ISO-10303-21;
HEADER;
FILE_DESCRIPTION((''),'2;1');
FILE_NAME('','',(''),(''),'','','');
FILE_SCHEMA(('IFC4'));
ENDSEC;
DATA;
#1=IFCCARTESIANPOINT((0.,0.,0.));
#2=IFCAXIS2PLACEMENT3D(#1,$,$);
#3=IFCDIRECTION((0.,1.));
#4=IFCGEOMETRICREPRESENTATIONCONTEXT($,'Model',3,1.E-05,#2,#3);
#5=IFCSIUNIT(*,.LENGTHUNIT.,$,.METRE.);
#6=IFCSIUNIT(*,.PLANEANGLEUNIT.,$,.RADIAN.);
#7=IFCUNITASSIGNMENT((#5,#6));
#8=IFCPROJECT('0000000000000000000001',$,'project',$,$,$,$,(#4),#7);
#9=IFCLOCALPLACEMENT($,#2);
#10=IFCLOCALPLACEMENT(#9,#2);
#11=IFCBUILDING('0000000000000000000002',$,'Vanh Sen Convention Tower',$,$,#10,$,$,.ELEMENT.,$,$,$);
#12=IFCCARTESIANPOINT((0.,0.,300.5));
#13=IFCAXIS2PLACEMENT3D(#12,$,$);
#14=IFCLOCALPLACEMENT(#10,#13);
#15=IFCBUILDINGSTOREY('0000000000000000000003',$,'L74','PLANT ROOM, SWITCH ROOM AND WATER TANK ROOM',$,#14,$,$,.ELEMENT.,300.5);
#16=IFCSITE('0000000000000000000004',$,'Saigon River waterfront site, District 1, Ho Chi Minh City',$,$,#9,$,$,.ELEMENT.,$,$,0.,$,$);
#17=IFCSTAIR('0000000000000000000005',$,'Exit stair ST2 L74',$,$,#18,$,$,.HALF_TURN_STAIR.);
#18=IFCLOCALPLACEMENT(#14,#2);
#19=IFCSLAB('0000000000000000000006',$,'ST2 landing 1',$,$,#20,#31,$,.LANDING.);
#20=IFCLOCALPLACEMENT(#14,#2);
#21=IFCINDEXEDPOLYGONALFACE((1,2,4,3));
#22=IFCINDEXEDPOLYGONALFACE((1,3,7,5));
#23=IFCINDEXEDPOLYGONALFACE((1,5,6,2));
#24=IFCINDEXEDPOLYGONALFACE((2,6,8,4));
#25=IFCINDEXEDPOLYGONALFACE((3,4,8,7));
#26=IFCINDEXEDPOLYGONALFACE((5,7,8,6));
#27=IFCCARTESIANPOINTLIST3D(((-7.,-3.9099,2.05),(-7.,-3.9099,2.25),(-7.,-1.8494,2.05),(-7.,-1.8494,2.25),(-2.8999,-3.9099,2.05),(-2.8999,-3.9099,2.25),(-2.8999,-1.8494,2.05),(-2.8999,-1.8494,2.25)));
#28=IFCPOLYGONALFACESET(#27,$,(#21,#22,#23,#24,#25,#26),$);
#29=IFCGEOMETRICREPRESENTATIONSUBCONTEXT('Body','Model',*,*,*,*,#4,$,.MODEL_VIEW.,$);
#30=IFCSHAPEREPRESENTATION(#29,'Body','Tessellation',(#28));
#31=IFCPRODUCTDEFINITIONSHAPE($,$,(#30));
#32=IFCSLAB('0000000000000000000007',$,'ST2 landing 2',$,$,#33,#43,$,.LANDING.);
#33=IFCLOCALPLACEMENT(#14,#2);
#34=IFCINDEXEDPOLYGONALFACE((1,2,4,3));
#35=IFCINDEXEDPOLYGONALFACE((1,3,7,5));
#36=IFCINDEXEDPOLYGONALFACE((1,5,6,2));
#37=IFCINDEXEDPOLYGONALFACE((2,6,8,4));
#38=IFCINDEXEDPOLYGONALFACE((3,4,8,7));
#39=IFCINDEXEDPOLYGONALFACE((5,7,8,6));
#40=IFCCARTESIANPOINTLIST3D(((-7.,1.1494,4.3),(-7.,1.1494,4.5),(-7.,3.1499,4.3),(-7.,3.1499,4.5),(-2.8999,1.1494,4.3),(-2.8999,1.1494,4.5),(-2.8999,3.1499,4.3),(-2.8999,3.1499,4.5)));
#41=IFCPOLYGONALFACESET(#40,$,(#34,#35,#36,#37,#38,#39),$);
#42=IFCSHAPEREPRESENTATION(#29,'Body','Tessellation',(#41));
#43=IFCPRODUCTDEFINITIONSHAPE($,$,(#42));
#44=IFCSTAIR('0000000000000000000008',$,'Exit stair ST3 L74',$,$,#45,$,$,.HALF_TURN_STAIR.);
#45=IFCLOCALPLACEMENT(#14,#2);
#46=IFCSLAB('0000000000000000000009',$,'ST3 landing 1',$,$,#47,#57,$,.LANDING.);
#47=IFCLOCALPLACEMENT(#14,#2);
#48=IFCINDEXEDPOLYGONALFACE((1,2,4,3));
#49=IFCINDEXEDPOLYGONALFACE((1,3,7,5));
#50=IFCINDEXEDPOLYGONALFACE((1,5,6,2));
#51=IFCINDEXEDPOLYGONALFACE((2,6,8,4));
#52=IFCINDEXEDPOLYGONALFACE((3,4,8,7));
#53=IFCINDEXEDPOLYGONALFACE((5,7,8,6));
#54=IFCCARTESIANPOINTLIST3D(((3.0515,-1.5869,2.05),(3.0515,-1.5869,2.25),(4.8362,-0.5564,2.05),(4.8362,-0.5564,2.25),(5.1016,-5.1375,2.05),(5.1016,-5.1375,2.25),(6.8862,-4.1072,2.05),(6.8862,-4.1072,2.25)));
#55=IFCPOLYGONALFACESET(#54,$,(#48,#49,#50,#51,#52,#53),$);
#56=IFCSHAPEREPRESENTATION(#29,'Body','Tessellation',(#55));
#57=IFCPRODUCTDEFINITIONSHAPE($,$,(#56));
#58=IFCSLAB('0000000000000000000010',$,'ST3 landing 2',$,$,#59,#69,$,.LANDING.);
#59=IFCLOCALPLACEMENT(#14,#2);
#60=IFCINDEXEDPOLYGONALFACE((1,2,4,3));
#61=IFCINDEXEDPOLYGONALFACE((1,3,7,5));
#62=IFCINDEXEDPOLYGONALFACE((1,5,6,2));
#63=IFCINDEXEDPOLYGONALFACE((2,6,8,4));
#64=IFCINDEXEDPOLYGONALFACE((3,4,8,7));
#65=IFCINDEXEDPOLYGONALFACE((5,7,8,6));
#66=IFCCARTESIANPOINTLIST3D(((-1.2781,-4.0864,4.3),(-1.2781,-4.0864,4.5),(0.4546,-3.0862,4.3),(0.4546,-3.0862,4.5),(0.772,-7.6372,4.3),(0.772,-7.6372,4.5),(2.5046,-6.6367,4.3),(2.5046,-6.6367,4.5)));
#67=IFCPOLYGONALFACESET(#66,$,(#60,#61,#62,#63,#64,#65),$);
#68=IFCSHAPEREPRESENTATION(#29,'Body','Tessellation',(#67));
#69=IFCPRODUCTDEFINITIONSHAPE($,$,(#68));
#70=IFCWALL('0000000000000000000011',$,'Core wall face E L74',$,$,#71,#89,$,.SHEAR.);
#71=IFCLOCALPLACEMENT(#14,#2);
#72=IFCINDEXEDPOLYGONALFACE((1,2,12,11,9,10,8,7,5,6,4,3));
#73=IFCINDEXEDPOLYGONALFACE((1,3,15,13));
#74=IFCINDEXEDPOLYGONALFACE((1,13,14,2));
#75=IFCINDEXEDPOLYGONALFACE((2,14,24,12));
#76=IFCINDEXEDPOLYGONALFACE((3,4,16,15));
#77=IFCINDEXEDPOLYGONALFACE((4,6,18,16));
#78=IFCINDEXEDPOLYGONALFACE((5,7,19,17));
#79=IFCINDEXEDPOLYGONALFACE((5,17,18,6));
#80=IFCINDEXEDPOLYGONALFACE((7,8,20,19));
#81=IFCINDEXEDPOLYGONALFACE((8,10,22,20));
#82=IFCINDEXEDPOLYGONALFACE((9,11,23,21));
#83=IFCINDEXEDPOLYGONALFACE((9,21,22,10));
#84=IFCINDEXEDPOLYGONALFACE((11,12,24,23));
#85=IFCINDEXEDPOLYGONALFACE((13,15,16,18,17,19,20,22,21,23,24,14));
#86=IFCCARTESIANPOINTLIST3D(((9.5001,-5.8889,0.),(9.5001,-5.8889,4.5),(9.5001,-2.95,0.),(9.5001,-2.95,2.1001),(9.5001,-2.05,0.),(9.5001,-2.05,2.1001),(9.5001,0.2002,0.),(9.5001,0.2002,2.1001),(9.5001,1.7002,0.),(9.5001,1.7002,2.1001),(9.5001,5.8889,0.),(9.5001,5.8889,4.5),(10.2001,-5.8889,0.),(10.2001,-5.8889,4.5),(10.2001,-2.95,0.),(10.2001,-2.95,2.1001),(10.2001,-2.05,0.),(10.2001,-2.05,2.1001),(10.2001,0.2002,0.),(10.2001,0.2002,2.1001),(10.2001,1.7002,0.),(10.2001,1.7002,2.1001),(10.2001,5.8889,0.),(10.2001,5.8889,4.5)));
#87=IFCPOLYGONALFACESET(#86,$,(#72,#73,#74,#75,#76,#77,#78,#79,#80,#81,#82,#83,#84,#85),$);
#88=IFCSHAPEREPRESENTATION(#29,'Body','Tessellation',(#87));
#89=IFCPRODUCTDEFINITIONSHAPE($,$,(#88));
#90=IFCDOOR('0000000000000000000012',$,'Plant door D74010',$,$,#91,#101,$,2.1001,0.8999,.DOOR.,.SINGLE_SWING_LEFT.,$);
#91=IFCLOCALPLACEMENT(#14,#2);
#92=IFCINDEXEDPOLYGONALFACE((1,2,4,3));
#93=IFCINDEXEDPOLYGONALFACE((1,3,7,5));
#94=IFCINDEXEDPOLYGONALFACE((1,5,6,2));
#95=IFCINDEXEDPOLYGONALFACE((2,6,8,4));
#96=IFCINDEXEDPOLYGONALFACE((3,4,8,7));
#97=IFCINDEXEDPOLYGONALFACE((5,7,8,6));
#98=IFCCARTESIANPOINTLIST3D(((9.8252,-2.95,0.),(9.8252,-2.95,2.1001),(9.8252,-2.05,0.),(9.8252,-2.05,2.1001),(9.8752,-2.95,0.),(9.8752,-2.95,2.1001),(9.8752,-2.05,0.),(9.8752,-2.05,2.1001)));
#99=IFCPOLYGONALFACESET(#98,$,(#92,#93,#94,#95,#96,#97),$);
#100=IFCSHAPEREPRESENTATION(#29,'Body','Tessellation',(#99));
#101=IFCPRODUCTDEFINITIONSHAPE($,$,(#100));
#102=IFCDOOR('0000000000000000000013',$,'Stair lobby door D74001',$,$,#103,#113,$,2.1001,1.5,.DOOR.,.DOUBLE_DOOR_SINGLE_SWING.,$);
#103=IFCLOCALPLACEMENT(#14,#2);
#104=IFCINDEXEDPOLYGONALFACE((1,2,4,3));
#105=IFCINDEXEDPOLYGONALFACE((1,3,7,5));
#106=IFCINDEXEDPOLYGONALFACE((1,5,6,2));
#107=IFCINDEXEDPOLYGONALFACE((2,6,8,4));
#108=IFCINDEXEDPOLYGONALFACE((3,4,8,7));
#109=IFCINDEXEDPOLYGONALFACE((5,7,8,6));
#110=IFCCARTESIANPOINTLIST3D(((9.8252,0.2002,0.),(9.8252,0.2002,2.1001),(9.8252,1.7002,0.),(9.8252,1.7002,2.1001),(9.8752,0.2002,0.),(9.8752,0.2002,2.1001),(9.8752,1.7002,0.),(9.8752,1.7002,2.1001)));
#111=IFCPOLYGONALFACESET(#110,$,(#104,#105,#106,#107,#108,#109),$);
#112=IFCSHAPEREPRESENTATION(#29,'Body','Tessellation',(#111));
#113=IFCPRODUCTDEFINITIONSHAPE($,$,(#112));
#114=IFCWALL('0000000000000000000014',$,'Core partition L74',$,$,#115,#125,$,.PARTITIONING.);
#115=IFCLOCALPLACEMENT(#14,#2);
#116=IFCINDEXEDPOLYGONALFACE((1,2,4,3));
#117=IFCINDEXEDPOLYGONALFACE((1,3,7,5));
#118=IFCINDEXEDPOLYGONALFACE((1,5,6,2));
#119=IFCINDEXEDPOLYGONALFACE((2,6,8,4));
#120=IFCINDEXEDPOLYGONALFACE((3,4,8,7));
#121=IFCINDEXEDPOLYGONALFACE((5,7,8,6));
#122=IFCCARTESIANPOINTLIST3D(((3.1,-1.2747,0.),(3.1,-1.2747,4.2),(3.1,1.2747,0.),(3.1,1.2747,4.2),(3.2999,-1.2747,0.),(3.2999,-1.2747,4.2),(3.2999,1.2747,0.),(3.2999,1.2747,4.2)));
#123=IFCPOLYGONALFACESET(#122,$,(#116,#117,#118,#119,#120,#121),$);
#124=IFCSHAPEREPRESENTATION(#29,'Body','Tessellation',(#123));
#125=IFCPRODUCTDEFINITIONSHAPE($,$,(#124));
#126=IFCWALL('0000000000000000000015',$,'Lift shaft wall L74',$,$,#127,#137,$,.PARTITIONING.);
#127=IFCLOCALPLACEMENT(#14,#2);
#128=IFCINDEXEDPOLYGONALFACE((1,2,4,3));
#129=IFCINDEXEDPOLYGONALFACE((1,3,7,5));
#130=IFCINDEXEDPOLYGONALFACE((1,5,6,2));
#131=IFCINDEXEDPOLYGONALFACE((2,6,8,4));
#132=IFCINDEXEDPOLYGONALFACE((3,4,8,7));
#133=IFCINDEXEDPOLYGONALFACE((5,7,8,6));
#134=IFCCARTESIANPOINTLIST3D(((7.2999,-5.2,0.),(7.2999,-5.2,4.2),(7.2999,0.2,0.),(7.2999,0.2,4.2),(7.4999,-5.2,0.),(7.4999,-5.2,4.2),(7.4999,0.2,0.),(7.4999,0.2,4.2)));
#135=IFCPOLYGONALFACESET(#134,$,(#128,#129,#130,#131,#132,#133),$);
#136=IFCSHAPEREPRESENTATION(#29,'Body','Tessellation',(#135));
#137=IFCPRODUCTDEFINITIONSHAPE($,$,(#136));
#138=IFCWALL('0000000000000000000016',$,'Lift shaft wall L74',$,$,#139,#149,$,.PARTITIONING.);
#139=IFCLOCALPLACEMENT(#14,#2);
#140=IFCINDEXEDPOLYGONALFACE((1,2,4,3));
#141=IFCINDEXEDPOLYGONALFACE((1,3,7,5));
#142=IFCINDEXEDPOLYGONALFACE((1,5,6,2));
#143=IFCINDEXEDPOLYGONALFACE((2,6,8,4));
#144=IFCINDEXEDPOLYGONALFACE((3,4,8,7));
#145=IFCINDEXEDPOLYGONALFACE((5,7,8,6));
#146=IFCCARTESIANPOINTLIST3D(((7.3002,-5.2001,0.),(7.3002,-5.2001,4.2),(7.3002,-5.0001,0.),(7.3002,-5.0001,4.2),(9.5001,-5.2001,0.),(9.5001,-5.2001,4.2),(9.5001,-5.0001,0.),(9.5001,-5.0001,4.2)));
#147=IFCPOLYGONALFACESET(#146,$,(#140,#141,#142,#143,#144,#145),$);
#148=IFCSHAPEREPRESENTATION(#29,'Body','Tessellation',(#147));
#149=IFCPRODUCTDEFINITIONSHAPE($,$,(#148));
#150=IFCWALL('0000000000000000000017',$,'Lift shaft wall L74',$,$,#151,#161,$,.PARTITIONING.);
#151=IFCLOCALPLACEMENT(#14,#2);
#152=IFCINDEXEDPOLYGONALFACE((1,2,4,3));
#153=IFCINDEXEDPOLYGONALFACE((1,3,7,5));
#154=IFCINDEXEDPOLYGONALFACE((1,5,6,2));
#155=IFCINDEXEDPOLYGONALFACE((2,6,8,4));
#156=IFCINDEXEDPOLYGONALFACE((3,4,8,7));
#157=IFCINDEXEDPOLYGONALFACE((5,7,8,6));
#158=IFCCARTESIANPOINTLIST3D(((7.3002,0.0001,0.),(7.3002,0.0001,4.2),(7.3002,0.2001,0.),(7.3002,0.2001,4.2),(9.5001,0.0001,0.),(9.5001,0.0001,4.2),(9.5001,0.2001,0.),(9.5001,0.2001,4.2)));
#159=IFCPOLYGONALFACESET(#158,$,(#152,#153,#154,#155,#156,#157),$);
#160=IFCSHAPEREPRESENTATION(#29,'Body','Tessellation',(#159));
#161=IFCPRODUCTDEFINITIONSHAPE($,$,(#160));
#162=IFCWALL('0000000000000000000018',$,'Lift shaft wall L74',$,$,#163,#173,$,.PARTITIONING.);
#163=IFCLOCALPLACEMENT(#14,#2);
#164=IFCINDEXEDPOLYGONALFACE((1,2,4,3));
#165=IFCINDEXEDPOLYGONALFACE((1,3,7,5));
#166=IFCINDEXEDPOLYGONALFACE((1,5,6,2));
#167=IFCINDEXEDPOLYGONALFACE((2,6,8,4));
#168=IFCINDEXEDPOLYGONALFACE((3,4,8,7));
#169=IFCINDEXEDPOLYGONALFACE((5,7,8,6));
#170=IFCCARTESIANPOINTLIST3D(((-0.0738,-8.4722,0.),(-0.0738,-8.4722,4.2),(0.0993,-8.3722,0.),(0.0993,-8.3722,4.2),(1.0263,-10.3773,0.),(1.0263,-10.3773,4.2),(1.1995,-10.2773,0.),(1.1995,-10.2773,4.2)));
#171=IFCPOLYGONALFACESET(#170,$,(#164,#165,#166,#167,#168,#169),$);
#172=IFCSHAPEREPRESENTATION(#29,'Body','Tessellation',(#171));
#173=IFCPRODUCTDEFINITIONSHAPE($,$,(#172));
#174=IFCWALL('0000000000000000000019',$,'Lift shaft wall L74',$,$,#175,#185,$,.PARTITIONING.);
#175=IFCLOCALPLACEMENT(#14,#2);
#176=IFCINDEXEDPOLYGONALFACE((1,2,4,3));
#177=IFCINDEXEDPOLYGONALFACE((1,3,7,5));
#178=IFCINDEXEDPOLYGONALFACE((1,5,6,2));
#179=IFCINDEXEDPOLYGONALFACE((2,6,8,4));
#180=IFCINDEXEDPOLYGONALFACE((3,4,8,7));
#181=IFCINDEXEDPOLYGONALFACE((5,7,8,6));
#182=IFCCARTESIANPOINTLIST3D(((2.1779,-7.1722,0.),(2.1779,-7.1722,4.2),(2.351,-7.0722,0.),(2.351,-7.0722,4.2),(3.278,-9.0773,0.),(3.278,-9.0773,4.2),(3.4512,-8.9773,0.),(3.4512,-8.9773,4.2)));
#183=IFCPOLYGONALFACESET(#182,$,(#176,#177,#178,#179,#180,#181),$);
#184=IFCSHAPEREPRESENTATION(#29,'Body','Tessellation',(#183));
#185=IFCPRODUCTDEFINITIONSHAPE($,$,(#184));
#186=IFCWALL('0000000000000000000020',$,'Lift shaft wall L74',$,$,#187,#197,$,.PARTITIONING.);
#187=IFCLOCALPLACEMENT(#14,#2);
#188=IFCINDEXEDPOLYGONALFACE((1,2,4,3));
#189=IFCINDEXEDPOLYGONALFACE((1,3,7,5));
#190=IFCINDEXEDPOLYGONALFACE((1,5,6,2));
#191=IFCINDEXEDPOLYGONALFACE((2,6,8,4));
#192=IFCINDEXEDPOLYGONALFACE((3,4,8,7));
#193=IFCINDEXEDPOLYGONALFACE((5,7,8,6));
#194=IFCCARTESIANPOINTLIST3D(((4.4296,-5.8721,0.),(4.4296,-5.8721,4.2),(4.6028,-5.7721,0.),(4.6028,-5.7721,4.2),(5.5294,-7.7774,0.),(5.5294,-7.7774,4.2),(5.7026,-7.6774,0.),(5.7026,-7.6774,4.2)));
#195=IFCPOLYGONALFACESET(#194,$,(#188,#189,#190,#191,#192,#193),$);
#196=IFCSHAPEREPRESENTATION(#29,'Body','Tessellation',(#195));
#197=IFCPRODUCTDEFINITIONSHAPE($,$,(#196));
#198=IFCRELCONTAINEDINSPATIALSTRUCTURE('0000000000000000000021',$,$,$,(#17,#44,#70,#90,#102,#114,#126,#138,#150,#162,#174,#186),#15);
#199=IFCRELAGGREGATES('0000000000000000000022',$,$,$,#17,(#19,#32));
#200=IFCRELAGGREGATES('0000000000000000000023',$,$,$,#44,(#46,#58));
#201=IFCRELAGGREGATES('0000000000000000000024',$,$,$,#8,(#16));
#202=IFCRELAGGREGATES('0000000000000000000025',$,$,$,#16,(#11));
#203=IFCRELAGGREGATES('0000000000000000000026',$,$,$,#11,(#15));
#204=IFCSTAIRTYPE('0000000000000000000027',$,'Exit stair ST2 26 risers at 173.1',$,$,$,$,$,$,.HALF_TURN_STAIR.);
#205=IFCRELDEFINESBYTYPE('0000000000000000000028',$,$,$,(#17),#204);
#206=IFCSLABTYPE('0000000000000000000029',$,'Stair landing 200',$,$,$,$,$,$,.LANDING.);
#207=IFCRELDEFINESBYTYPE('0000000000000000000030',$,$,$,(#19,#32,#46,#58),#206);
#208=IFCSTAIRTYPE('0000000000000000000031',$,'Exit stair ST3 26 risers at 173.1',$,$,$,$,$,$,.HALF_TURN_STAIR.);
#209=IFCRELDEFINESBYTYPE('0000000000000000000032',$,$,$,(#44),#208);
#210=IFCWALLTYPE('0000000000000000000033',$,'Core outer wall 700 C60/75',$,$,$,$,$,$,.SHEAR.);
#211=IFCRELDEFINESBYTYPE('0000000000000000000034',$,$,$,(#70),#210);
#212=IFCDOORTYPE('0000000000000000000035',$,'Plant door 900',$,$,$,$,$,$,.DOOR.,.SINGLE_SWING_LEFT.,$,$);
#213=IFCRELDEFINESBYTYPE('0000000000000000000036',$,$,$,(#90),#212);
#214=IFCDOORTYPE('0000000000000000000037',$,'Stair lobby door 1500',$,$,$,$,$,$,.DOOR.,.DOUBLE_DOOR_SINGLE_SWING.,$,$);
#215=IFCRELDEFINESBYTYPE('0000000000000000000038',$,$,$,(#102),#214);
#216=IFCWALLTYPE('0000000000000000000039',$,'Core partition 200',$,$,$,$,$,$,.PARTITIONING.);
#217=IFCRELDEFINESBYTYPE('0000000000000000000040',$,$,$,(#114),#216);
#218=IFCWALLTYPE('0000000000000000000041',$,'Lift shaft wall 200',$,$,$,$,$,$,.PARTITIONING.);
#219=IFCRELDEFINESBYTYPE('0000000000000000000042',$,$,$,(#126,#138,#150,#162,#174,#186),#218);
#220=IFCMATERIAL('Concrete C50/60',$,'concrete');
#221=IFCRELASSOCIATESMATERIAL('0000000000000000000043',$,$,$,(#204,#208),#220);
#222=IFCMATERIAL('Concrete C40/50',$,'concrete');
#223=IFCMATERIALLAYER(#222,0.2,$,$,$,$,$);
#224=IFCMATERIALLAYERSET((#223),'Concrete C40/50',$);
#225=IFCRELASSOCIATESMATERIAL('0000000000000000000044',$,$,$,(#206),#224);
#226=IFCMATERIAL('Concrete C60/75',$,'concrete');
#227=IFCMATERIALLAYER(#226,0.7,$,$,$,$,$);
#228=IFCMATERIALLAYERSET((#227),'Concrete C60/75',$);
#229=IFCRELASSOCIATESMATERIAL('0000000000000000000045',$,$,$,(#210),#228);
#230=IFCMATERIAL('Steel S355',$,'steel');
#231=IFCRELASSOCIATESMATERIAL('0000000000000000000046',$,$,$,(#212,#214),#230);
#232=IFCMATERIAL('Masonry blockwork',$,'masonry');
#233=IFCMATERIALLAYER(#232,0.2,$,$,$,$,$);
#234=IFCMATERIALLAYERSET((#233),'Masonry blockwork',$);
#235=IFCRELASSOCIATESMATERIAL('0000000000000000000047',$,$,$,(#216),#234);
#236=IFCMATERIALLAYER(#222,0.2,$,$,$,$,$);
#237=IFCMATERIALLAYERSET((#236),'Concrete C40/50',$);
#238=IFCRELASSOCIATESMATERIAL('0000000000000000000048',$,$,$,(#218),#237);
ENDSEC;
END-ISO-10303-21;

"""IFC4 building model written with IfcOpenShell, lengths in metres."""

from ifc_helpers import new_model, si_unit, direction, frame, frame_2d, origin, place, context, subcontext, project, spatial, polyline, rectangle, outline, extrude, material, layer, layer_set, type_object, element, fill, aggregate, save


model = new_model("IFC4")

# Units and contexts
model_context = context("Model", 3, precision=1e-05, world=origin(), true_north=direction((0.0, 1.0)))
body_context = subcontext(model_context, "Body", "Model", "MODEL_VIEW")
ifc_project = project(units=[si_unit("LENGTHUNIT", "METRE"), si_unit("PLANEANGLEUNIT", "RADIAN")], contexts=[model_context])

# Site, building, storey
site_placement = place(None, origin())
site = spatial("IfcSite", under=ifc_project, at=site_placement, Name="Saigon River waterfront site, District 1, Ho Chi Minh City", CompositionType="ELEMENT", RefElevation=0.0)
building_placement = place(site_placement, origin())
building = spatial("IfcBuilding", under=site, at=building_placement, Name="Vanh Sen Convention Tower", CompositionType="ELEMENT")
storey_placement = place(building_placement, frame((0.0, 0.0, 300.5)))
storey = spatial("IfcBuildingStorey", under=building, at=storey_placement, Name="L74", Description="PLANT ROOM, SWITCH ROOM AND WATER TANK ROOM", CompositionType="ELEMENT", Elevation=300.5)

# Stairs, slabs
ifc_material_1 = material(Name="Concrete C50/60", Category="concrete")
stair_type_1 = type_object("IfcStairType", Name="Exit stair ST2 26 risers at 173.1", PredefinedType="HALF_TURN_STAIR", material=ifc_material_1)
stair_1_placement = place(storey_placement, origin())
stair_1 = element("IfcStair", 1, at=stair_1_placement, inside=storey, type_object=stair_type_1, Name="Exit stair ST2 L74", PredefinedType="HALF_TURN_STAIR")
ifc_material_2 = material(Name="Concrete C40/50", Category="concrete")
ifc_layer_1 = layer(ifc_material_2, 0.2)
ifc_layer_set_1 = layer_set([ifc_layer_1], Name="Concrete C40/50")
slab_type = type_object("IfcSlabType", Name="Stair landing 200", PredefinedType="LANDING", material=ifc_layer_set_1)
slab_1_placement = place(storey_placement, frame((0.0, 0.0, 2.05)))
slab_1 = element("IfcSlab", 2, at=slab_1_placement, type_object=slab_type, Name="ST2 landing 1", PredefinedType="LANDING", context=body_context, shape_type="SweptSolid", body=[
    extrude(outline(polyline([(-7.0, -1.8494), (-7.0, -3.9099), (-2.8999, -3.9099), (-2.8999, -1.8494), (-7.0, -1.8494)])), origin(), (0.0, 0.0, 1.0), 0.2),
])
slab_2_placement = place(storey_placement, frame((0.0, 0.0, 4.3)))
slab_2 = element("IfcSlab", 3, at=slab_2_placement, type_object=slab_type, Name="ST2 landing 2", PredefinedType="LANDING", context=body_context, shape_type="SweptSolid", body=[
    extrude(outline(polyline([(-7.0, 3.1499), (-7.0, 1.1494), (-2.8999, 1.1494), (-2.8999, 3.1499), (-7.0, 3.1499)])), origin(), (0.0, 0.0, 1.0), 0.2),
])
aggregate(stair_1, [slab_1, slab_2])
stair_type_2 = type_object("IfcStairType", Name="Exit stair ST3 26 risers at 173.1", PredefinedType="HALF_TURN_STAIR", material=ifc_material_1)
stair_2_placement = place(storey_placement, origin())
stair_2 = element("IfcStair", 4, at=stair_2_placement, inside=storey, type_object=stair_type_2, Name="Exit stair ST3 L74", PredefinedType="HALF_TURN_STAIR")
slab_3_placement = place(storey_placement, frame((0.0, 0.0, 2.05)))
slab_3 = element("IfcSlab", 5, at=slab_3_placement, type_object=slab_type, Name="ST3 landing 1", PredefinedType="LANDING", context=body_context, shape_type="SweptSolid", body=[
    extrude(outline(polyline([(5.1016, -5.1375), (6.8862, -4.1072), (4.8362, -0.5564), (3.0515, -1.5869), (5.1016, -5.1375)])), origin(), (0.0, 0.0, 1.0), 0.2),
])
slab_4_placement = place(storey_placement, frame((0.0, 0.0, 4.3)))
slab_4 = element("IfcSlab", 6, at=slab_4_placement, type_object=slab_type, Name="ST3 landing 2", PredefinedType="LANDING", context=body_context, shape_type="SweptSolid", body=[
    extrude(outline(polyline([(0.772, -7.6372), (2.5046, -6.6367), (0.4546, -3.0862), (-1.2781, -4.0864), (0.772, -7.6372)])), origin(), (0.0, 0.0, 1.0), 0.2),
])
aggregate(stair_2, [slab_3, slab_4])

# Wall, openings, doors
ifc_material_3 = material(Name="Concrete C60/75", Category="concrete")
ifc_layer_2 = layer(ifc_material_3, 0.7)
ifc_layer_set_2 = layer_set([ifc_layer_2], Name="Concrete C60/75")
wall_type_1 = type_object("IfcWallType", Name="Core outer wall 700 C60/75", PredefinedType="SHEAR", material=ifc_layer_set_2)
wall_1_placement = place(storey_placement, frame((9.8501, -5.8889, 0.0), z_axis=(0.0, 0.0, 1.0), x_axis=(0.0, 1.0, 0.0)))
wall_1 = element("IfcWall", 7, at=wall_1_placement, inside=storey, type_object=wall_type_1, Name="Core wall face E L74", PredefinedType="SHEAR", context=body_context, shape_type="SweptSolid", body=[
    extrude(rectangle(XDim=11.7778, YDim=0.7, at=frame_2d((5.8889, 0.0))), origin(), (0.0, 0.0, 1.0), 4.5),
])
opening_1_placement = place(wall_1_placement, frame((6.0891, 0.0, 0.0)))
opening_1 = element("IfcOpeningElement", 8, at=opening_1_placement, cuts=wall_1, PredefinedType="OPENING", context=body_context, shape_type="SweptSolid", body=[
    extrude(rectangle(XDim=1.5, YDim=2.1001, at=frame_2d((0.75, 1.05))), frame((0.0, 0.3599, 0.0), z_axis=(0.0, -1.0, 0.0), x_axis=(1.0, 0.0, 0.0)), (0.0, 0.0, 1.0), 0.72),
])
opening_2_placement = place(wall_1_placement, frame((2.939, 0.0, 0.0)))
opening_2 = element("IfcOpeningElement", 9, at=opening_2_placement, cuts=wall_1, PredefinedType="OPENING", context=body_context, shape_type="SweptSolid", body=[
    extrude(rectangle(XDim=0.8999, YDim=2.1001, at=frame_2d((0.45, 1.05))), frame((0.0, 0.3599, 0.0), z_axis=(0.0, -1.0, 0.0), x_axis=(1.0, 0.0, 0.0)), (0.0, 0.0, 1.0), 0.72),
])
ifc_material_4 = material(Name="Steel S355", Category="steel")
door_type_1 = type_object("IfcDoorType", Name="Plant door 900", OperationType="SINGLE_SWING_LEFT", PredefinedType="DOOR", material=ifc_material_4)
door_1_placement = place(opening_2_placement, origin())
door_1 = element("IfcDoor", 10, at=door_1_placement, inside=storey, type_object=door_type_1, Name="Plant door D74010", OperationType="SINGLE_SWING_LEFT", OverallHeight=2.1001, OverallWidth=0.8999, PredefinedType="DOOR", context=body_context, shape_type="SweptSolid", body=[
    extrude(rectangle(XDim=0.8999, YDim=2.1001, at=frame_2d((0.45, 1.05))), frame((0.0, 0.0249, 0.0), z_axis=(0.0, -1.0, 0.0), x_axis=(1.0, 0.0, 0.0)), (0.0, 0.0, 1.0), 0.05),
])
fill(opening_2, door_1)
door_type_2 = type_object("IfcDoorType", Name="Stair lobby door 1500", OperationType="DOUBLE_DOOR_SINGLE_SWING", PredefinedType="DOOR", material=ifc_material_4)
door_2_placement = place(opening_1_placement, origin())
door_2 = element("IfcDoor", 11, at=door_2_placement, inside=storey, type_object=door_type_2, Name="Stair lobby door D74001", OperationType="DOUBLE_DOOR_SINGLE_SWING", OverallHeight=2.1001, OverallWidth=1.5, PredefinedType="DOOR", context=body_context, shape_type="SweptSolid", body=[
    extrude(rectangle(XDim=1.5, YDim=2.1001, at=frame_2d((0.75, 1.05))), frame((0.0, 0.0249, 0.0), z_axis=(0.0, -1.0, 0.0), x_axis=(1.0, 0.0, 0.0)), (0.0, 0.0, 1.0), 0.05),
])
fill(opening_1, door_2)

# Walls
ifc_material_5 = material(Name="Masonry blockwork", Category="masonry")
ifc_layer_3 = layer(ifc_material_5, 0.2)
ifc_layer_set_3 = layer_set([ifc_layer_3], Name="Masonry blockwork")
wall_type_2 = type_object("IfcWallType", Name="Core partition 200", PredefinedType="PARTITIONING", material=ifc_layer_set_3)
wall_2_placement = place(storey_placement, frame((3.2, -1.2747, 0.0), z_axis=(0.0, 0.0, 1.0), x_axis=(0.0, 1.0, 0.0)))
element("IfcWall", 12, at=wall_2_placement, inside=storey, type_object=wall_type_2, Name="Core partition L74", PredefinedType="PARTITIONING", context=body_context, shape_type="SweptSolid", body=[
    extrude(rectangle(XDim=2.5493, YDim=0.2, at=frame_2d((1.2747, 0.0))), origin(), (0.0, 0.0, 1.0), 4.2),
])
ifc_layer_4 = layer(ifc_material_2, 0.2)
ifc_layer_set_4 = layer_set([ifc_layer_4], Name="Concrete C40/50")
wall_type_3 = type_object("IfcWallType", Name="Lift shaft wall 200", PredefinedType="PARTITIONING", material=ifc_layer_set_4)
wall_3_placement = place(storey_placement, frame((7.3999, -5.2, 0.0), z_axis=(0.0, 0.0, 1.0), x_axis=(0.0, 1.0, 0.0)))
element("IfcWall", 13, at=wall_3_placement, inside=storey, type_object=wall_type_3, Name="Lift shaft wall L74", PredefinedType="PARTITIONING", context=body_context, shape_type="SweptSolid", body=[
    extrude(rectangle(XDim=5.3999, YDim=0.2, at=frame_2d((2.7, 0.0))), origin(), (0.0, 0.0, 1.0), 4.2),
])
for number, where, z_axis, x_axis, name in (
    (14, (7.3, -5.1001, 0.0), (0.0, 0.0, 1.0), (1.0, 0.0, 0.0), "Lift shaft wall L74"),
    (15, (7.3, 0.1001, 0.0), (0.0, 0.0, 1.0), (1.0, 0.0, 0.0), "Lift shaft wall L74"),
    (16, (0.0127, -8.4221, 0.0), (0.0, 0.0, 1.0), (0.500078, -0.86598, 0.0), "Lift shaft wall L74"),
    (17, (2.2644, -7.1221, 0.0), (0.0, 0.0, 1.0), (0.500078, -0.86598, 0.0), "Lift shaft wall L74"),
    (18, (4.5161, -5.822, 0.0), (0.0, 0.0, 1.0), (0.499947, -0.866056, 0.0), "Lift shaft wall L74"),
):
    element("IfcWall", number, at=place(storey_placement, frame(where, z_axis=z_axis, x_axis=x_axis)), inside=storey, type_object=wall_type_3, Name=name, PredefinedType="PARTITIONING", context=body_context, shape_type="SweptSolid", body=[
        extrude(rectangle(XDim=2.2, YDim=0.2, at=frame_2d((1.1001, 0.0))), origin(), (0.0, 0.0, 1.0), 4.2),
    ])

save(model, "model.ifc")
